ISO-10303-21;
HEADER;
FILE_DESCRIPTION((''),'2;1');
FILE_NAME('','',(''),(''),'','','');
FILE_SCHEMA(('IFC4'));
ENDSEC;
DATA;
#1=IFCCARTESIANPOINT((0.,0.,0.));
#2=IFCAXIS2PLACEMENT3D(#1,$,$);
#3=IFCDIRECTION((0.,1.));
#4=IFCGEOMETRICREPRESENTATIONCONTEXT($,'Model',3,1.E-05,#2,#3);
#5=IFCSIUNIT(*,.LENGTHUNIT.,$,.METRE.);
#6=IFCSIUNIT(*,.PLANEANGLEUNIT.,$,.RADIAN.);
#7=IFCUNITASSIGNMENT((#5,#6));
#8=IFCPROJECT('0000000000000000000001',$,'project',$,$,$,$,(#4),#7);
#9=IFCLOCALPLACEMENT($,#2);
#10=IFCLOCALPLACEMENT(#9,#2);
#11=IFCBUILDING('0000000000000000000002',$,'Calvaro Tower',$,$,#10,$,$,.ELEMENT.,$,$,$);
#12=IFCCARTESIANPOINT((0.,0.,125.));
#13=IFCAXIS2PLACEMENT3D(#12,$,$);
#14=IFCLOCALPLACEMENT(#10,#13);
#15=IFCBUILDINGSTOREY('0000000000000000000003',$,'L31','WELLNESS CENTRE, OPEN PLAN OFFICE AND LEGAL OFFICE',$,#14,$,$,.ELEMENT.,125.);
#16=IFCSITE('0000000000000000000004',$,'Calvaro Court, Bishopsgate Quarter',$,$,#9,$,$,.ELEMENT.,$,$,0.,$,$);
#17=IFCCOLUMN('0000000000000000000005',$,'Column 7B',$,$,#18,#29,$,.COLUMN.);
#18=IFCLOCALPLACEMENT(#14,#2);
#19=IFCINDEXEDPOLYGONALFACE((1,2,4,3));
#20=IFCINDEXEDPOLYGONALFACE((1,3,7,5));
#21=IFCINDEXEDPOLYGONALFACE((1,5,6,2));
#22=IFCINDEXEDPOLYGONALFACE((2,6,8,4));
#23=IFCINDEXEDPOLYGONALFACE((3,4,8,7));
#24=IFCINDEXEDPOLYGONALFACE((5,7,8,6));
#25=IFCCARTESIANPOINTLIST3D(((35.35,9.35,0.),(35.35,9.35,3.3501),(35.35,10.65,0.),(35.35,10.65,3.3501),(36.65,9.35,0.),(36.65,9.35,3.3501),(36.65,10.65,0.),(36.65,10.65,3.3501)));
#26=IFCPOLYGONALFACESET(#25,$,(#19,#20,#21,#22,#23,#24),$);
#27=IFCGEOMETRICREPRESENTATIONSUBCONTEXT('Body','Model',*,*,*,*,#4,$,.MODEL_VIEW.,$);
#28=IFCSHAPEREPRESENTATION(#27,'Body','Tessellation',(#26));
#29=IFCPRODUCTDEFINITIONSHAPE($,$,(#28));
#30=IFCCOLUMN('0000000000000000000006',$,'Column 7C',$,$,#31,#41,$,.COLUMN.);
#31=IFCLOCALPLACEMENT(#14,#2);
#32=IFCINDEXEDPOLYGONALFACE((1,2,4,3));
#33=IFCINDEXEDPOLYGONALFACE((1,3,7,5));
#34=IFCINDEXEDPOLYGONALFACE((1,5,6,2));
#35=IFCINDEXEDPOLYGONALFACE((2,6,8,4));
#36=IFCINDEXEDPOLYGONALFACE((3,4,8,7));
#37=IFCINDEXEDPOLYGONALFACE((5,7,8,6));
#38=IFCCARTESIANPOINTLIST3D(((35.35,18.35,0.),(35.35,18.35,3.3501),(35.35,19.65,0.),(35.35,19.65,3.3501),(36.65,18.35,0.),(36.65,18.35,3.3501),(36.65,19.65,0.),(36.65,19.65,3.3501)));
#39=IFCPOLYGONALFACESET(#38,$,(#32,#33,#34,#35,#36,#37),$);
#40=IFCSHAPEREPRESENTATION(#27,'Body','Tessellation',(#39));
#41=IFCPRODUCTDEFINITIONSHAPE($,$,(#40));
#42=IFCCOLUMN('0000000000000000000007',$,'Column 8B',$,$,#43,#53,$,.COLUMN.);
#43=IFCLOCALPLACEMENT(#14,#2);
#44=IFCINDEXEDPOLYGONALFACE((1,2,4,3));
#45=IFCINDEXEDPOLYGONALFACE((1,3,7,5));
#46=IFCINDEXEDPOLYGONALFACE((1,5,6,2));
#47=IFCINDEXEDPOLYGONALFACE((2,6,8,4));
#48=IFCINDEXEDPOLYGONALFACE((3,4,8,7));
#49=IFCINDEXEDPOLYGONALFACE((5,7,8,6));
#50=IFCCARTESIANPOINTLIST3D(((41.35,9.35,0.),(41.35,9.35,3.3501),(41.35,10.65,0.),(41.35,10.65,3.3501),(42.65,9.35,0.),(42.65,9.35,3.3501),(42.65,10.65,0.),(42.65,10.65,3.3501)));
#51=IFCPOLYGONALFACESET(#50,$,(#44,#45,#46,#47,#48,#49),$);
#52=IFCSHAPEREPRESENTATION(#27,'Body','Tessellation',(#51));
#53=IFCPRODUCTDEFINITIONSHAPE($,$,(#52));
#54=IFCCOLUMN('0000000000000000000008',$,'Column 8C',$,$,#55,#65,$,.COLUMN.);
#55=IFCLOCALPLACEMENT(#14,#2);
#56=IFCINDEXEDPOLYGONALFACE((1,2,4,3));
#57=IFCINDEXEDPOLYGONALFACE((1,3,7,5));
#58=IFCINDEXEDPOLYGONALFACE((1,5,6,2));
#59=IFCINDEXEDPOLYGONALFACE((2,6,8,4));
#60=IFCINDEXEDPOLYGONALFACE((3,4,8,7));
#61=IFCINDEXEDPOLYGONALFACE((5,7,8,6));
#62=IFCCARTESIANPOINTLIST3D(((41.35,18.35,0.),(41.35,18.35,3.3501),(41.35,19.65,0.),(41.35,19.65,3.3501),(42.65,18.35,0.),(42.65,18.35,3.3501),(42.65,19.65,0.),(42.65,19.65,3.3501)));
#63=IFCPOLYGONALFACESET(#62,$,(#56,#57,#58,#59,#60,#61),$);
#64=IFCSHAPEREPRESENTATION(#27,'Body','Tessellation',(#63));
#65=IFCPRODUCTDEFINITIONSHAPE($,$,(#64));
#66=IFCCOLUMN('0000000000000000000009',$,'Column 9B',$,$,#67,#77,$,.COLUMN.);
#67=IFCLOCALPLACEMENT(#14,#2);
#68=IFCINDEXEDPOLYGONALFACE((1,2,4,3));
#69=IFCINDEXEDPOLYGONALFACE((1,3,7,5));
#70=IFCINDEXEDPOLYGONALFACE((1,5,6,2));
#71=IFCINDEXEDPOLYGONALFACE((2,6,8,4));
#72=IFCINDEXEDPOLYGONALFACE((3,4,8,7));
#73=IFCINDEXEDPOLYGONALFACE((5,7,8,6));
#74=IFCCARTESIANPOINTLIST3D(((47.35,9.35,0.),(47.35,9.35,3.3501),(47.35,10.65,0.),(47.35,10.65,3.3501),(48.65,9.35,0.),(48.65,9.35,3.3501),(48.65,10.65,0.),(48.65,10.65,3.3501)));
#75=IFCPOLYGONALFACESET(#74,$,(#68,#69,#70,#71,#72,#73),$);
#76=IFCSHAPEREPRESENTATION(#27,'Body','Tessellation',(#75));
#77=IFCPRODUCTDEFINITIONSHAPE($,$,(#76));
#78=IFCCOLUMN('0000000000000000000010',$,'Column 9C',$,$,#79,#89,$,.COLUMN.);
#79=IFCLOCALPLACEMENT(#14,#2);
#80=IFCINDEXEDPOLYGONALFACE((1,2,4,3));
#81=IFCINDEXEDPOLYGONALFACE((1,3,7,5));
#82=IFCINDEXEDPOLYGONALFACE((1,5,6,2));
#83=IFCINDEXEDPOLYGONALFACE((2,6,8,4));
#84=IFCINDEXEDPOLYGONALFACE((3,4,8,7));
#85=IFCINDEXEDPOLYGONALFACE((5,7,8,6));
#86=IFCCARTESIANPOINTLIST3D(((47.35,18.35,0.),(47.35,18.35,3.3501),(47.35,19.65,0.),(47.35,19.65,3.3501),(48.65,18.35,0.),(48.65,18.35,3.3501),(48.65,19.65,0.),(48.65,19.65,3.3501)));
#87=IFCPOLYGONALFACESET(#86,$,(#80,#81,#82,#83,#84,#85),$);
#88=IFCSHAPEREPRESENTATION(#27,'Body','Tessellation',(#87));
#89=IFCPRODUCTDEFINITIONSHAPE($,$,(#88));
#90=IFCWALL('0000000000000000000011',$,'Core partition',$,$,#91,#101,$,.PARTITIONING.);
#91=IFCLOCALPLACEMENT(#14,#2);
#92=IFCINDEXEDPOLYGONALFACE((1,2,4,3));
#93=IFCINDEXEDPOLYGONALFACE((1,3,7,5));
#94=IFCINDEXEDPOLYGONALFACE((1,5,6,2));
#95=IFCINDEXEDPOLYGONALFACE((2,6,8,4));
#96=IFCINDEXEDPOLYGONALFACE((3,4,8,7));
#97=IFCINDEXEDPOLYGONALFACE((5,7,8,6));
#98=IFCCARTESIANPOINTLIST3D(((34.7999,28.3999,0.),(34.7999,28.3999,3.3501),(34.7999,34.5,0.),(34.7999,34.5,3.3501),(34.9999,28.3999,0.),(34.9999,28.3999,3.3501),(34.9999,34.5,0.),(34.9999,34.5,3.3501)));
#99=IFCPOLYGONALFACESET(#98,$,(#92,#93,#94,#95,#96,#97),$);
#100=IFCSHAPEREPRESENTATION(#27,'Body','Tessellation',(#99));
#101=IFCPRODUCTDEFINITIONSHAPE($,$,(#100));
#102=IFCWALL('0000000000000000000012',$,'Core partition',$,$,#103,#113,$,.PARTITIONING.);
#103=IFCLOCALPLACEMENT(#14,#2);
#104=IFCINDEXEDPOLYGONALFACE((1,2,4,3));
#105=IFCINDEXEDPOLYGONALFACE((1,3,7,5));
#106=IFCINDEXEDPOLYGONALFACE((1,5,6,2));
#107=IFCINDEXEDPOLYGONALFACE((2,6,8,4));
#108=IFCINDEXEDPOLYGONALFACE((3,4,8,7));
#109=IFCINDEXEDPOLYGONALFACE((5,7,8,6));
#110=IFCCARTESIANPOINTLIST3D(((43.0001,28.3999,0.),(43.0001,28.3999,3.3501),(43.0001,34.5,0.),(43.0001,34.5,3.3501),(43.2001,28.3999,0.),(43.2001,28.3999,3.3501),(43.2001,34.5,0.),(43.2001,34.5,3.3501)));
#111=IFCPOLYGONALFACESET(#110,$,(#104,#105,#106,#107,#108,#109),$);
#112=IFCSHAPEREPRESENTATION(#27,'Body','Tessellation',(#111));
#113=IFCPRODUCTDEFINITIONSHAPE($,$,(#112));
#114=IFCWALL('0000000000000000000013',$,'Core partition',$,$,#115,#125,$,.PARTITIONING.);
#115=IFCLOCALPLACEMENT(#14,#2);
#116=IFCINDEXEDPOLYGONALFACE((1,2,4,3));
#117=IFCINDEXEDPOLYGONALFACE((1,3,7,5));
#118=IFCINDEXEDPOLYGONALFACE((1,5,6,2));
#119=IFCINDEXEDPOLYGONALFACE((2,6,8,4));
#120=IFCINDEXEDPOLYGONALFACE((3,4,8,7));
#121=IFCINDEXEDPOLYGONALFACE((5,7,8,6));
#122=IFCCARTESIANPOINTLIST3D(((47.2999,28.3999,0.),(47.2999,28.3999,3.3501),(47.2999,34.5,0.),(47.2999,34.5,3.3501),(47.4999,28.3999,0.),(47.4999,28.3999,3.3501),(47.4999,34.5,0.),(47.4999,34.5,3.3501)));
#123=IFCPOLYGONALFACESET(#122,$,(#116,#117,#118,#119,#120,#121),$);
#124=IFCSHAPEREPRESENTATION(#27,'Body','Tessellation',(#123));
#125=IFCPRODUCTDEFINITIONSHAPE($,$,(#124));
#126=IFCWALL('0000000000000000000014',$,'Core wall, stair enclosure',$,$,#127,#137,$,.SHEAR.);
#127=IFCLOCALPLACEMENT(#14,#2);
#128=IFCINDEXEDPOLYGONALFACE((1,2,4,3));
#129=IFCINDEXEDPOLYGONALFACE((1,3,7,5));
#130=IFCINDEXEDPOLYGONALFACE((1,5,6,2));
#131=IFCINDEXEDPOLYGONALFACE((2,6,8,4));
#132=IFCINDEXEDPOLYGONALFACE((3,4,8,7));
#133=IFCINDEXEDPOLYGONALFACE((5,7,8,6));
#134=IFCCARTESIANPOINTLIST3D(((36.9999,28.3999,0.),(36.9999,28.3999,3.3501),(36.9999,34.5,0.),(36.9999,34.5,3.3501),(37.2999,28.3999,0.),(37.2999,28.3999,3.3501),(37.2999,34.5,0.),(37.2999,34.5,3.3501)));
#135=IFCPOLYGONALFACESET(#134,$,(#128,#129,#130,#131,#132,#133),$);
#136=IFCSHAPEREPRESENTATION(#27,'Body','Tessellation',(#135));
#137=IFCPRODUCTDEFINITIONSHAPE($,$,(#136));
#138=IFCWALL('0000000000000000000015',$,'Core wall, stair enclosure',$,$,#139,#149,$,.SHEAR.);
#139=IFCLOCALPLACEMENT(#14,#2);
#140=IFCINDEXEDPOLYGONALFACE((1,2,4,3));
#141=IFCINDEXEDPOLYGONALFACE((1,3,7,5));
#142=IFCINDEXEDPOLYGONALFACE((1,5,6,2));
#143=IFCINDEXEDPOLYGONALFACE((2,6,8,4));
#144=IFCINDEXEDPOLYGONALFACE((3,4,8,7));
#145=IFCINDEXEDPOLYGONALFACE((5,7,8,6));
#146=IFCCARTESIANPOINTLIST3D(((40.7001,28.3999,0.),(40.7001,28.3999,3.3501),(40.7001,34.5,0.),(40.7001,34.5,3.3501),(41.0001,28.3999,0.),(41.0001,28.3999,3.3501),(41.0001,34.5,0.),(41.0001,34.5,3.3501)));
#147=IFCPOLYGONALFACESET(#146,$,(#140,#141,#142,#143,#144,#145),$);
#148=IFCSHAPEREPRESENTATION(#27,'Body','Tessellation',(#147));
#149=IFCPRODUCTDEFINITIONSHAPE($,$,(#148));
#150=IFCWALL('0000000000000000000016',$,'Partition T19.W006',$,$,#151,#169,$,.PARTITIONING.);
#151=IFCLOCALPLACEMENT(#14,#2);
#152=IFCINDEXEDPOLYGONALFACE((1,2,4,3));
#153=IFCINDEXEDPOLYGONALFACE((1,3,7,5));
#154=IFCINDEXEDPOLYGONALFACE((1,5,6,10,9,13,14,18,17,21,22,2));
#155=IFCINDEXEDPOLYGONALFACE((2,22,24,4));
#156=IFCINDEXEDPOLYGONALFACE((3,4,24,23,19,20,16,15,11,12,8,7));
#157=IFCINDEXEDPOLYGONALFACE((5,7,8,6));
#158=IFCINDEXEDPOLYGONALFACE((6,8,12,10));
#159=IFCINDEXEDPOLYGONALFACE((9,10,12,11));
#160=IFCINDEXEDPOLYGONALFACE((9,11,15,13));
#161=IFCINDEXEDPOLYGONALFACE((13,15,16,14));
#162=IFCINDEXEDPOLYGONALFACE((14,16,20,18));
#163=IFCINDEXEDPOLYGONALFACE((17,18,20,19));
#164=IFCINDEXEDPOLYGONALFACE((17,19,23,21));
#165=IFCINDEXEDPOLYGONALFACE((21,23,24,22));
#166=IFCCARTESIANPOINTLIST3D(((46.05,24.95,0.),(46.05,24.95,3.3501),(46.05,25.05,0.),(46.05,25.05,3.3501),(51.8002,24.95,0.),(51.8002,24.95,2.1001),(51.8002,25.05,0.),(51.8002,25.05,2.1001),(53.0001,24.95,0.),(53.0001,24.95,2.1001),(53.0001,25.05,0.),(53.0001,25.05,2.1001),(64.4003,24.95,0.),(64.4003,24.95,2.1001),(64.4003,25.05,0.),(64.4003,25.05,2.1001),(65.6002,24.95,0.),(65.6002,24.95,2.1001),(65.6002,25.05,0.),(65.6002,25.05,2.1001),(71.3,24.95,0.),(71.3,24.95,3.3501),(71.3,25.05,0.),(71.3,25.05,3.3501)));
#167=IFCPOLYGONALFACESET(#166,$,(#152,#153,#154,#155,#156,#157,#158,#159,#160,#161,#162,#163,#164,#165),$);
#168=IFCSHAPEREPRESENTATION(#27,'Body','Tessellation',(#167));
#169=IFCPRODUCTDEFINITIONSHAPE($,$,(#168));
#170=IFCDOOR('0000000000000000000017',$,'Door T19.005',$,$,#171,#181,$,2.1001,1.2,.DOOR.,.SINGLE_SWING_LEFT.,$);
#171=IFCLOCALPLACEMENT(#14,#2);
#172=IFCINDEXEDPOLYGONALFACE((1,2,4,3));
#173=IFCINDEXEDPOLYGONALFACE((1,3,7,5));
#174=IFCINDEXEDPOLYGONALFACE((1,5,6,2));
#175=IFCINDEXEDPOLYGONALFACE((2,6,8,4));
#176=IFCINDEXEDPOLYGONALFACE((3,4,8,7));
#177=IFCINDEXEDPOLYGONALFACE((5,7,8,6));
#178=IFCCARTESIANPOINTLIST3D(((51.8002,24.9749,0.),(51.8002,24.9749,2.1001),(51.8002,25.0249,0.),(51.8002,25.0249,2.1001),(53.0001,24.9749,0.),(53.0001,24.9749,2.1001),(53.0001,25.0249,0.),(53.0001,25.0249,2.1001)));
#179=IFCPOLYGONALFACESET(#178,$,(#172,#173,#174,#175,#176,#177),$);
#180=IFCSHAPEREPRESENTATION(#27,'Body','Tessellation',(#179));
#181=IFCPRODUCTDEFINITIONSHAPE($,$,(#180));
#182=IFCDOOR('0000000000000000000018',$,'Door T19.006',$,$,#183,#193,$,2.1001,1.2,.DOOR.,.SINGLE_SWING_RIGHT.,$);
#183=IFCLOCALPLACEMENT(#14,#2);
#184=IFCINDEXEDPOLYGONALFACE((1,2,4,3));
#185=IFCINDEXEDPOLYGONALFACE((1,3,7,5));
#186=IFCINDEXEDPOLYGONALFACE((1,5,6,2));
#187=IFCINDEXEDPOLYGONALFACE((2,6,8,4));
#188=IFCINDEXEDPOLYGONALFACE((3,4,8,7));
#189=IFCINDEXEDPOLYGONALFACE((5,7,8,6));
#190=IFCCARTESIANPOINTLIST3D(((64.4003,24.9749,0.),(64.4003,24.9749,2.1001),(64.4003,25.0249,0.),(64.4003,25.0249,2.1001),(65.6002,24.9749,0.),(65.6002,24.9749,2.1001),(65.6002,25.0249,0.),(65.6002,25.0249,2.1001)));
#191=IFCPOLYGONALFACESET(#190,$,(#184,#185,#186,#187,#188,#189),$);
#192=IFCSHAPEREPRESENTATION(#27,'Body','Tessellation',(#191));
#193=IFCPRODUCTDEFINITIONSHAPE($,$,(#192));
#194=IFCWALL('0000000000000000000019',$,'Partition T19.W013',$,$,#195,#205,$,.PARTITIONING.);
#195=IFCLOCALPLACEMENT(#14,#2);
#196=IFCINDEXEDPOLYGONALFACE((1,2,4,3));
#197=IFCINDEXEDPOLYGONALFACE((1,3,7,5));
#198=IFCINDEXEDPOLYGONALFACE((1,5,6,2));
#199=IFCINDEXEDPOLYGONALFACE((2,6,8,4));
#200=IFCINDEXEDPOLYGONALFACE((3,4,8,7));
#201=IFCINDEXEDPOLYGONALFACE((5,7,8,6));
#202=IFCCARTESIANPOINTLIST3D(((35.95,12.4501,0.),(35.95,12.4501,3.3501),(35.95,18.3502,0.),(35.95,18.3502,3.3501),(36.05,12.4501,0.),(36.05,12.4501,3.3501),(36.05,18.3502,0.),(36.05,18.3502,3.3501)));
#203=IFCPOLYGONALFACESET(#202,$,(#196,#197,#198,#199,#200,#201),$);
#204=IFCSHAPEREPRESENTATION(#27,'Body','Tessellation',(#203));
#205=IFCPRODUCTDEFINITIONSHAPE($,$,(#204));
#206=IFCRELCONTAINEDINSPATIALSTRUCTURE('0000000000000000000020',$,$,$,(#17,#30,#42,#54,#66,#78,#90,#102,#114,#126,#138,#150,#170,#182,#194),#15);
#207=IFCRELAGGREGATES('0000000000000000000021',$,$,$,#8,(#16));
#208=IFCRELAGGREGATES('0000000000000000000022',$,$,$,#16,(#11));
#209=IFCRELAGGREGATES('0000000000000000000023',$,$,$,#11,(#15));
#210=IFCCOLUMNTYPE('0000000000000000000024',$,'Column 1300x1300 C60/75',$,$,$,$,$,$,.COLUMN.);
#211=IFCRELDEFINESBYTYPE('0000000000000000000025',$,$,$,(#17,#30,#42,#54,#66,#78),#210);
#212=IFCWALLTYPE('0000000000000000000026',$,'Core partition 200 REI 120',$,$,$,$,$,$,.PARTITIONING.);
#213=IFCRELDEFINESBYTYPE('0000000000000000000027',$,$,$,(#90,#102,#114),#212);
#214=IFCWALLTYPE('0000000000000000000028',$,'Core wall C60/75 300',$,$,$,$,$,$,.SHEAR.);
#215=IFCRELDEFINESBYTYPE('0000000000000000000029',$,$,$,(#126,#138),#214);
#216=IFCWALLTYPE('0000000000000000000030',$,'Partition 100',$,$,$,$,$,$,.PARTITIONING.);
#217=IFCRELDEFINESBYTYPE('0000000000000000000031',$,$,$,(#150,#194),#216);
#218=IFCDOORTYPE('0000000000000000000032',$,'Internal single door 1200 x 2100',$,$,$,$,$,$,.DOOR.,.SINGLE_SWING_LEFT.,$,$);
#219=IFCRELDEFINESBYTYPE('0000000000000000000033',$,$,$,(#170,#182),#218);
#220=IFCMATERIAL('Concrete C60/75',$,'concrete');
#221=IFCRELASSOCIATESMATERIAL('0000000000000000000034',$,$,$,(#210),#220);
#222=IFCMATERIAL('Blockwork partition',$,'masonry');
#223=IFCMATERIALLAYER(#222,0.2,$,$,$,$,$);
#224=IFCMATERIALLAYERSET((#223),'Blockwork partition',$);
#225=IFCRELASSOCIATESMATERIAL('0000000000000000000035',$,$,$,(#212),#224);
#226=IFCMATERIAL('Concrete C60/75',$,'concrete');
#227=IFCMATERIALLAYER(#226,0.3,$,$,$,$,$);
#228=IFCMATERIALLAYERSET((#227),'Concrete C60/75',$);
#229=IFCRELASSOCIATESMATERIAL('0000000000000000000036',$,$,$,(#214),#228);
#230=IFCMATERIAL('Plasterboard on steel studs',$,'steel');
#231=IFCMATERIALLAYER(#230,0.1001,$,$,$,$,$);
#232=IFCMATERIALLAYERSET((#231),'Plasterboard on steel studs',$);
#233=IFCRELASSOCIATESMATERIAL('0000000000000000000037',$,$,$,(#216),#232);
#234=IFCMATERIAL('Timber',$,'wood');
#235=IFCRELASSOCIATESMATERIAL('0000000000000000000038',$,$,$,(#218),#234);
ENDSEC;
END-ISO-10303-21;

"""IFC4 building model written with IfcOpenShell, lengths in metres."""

from ifc_helpers import new_model, si_unit, direction, frame, frame_2d, origin, origin_2d, place, context, subcontext, project, spatial, rectangle, extrude, material, layer, layer_set, material_profile, profile_set, type_object, element, fill, save


model = new_model("IFC4")

# Units and contexts
model_context = context("Model", 3, precision=1e-05, world=origin(), true_north=direction((0.0, 1.0)))
body_context = subcontext(model_context, "Body", "Model", "MODEL_VIEW")
ifc_project = project(units=[si_unit("LENGTHUNIT", "METRE"), si_unit("PLANEANGLEUNIT", "RADIAN")], contexts=[model_context])

# Site, building, storey
site_placement = place(None, origin())
site = spatial("IfcSite", under=ifc_project, at=site_placement, Name="Calvaro Court, Bishopsgate Quarter", CompositionType="ELEMENT", RefElevation=0.0)
building_placement = place(site_placement, origin())
building = spatial("IfcBuilding", under=site, at=building_placement, Name="Calvaro Tower", CompositionType="ELEMENT")
storey_placement = place(building_placement, frame((0.0, 0.0, 125.0)))
storey = spatial("IfcBuildingStorey", under=building, at=storey_placement, Name="L31", Description="WELLNESS CENTRE, OPEN PLAN OFFICE AND LEGAL OFFICE", CompositionType="ELEMENT", Elevation=125.0)

# Columns
ifc_material_1 = material(Name="Concrete C60/75", Category="concrete")
ifc_material_profile = material_profile(ifc_material_1, rectangle(XDim=1.3, YDim=1.3, at=origin_2d()), Name="RC 1300x1300")
ifc_profile_set = profile_set([ifc_material_profile], Name="Concrete C60/75")
column_type = type_object("IfcColumnType", Name="Column 1300x1300 C60/75", PredefinedType="COLUMN", material=ifc_profile_set)
for number, where, z_axis, x_axis, name in (
    (1, (36.0, 10.0, 0.0), (0.0, 0.0, 1.0), (1.0, 0.0, 0.0), "Column 7B"),
    (2, (36.0, 19.0, 0.0), (0.0, 0.0, 1.0), (1.0, 0.0, 0.0), "Column 7C"),
    (3, (42.0, 10.0, 0.0), (0.0, 0.0, 1.0), (1.0, 0.0, 0.0), "Column 8B"),
    (4, (42.0, 19.0, 0.0), (0.0, 0.0, 1.0), (1.0, 0.0, 0.0), "Column 8C"),
    (5, (48.0, 10.0, 0.0), (0.0, 0.0, 1.0), (1.0, 0.0, 0.0), "Column 9B"),
    (6, (48.0, 19.0, 0.0), (0.0, 0.0, 1.0), (1.0, 0.0, 0.0), "Column 9C"),
):
    element("IfcColumn", number, at=place(storey_placement, frame(where, z_axis=z_axis, x_axis=x_axis)), inside=storey, type_object=column_type, Name=name, PredefinedType="COLUMN", context=body_context, shape_type="SweptSolid", body=[
        extrude(rectangle(XDim=1.3, YDim=1.3, at=origin_2d()), origin(), (0.0, 0.0, 1.0), 3.3501),
    ])

# Walls
ifc_material_2 = material(Name="Blockwork partition", Category="masonry")
ifc_layer_1 = layer(ifc_material_2, 0.2)
ifc_layer_set_1 = layer_set([ifc_layer_1], Name="Blockwork partition")
wall_type_1 = type_object("IfcWallType", Name="Core partition 200 REI 120", PredefinedType="PARTITIONING", material=ifc_layer_set_1)
for number, where, z_axis, x_axis, name in (
    (7, (34.8999, 28.3999, 0.0), (0.0, 0.0, 1.0), (0.0, 1.0, 0.0), "Core partition"),
    (8, (43.1001, 28.3999, 0.0), (0.0, 0.0, 1.0), (0.0, 1.0, 0.0), "Core partition"),
    (9, (47.3999, 28.3999, 0.0), (0.0, 0.0, 1.0), (0.0, 1.0, 0.0), "Core partition"),
):
    element("IfcWall", number, at=place(storey_placement, frame(where, z_axis=z_axis, x_axis=x_axis)), inside=storey, type_object=wall_type_1, Name=name, PredefinedType="PARTITIONING", context=body_context, shape_type="SweptSolid", body=[
        extrude(rectangle(XDim=6.1001, YDim=0.2, at=frame_2d((3.05, 0.0))), origin(), (0.0, 0.0, 1.0), 3.3501),
    ])
ifc_material_3 = material(Name="Concrete C60/75", Category="concrete")
ifc_layer_2 = layer(ifc_material_3, 0.3)
ifc_layer_set_2 = layer_set([ifc_layer_2], Name="Concrete C60/75")
wall_type_2 = type_object("IfcWallType", Name="Core wall C60/75 300", PredefinedType="SHEAR", material=ifc_layer_set_2)
for number, where, z_axis, x_axis, name in (
    (10, (37.1499, 28.3999, 0.0), (0.0, 0.0, 1.0), (0.0, 1.0, 0.0), "Core wall, stair enclosure"),
    (11, (40.8501, 28.3999, 0.0), (0.0, 0.0, 1.0), (0.0, 1.0, 0.0), "Core wall, stair enclosure"),
):
    element("IfcWall", number, at=place(storey_placement, frame(where, z_axis=z_axis, x_axis=x_axis)), inside=storey, type_object=wall_type_2, Name=name, PredefinedType="SHEAR", context=body_context, shape_type="SweptSolid", body=[
        extrude(rectangle(XDim=6.1001, YDim=0.3, at=frame_2d((3.05, 0.0))), origin(), (0.0, 0.0, 1.0), 3.3501),
    ])

# Wall, openings, doors
ifc_material_4 = material(Name="Plasterboard on steel studs", Category="steel")
ifc_layer_3 = layer(ifc_material_4, 0.1001)
ifc_layer_set_3 = layer_set([ifc_layer_3], Name="Plasterboard on steel studs")
wall_type_3 = type_object("IfcWallType", Name="Partition 100", PredefinedType="PARTITIONING", material=ifc_layer_set_3)
wall_1_placement = place(storey_placement, frame((46.05, 25.0, 0.0), z_axis=(0.0, 0.0, 1.0), x_axis=(1.0, 0.0, 0.0)))
wall_1 = element("IfcWall", 12, at=wall_1_placement, inside=storey, type_object=wall_type_3, Name="Partition T19.W006", PredefinedType="PARTITIONING", context=body_context, shape_type="SweptSolid", body=[
    extrude(rectangle(XDim=25.25, YDim=0.1001, at=frame_2d((12.625, 0.0))), origin(), (0.0, 0.0, 1.0), 3.3501),
])
opening_1_placement = place(wall_1_placement, frame((5.75, 0.0, 0.0)))
opening_1 = element("IfcOpeningElement", 13, at=opening_1_placement, cuts=wall_1, PredefinedType="OPENING", context=body_context, shape_type="SweptSolid", body=[
    extrude(rectangle(XDim=1.2, YDim=2.1001, at=frame_2d((0.6001, 1.05))), frame((0.0, 0.0601, 0.0), z_axis=(0.0, -1.0, 0.0), x_axis=(1.0, 0.0, 0.0)), (0.0, 0.0, 1.0), 0.1201),
])
opening_2_placement = place(wall_1_placement, frame((18.3501, 0.0, 0.0)))
opening_2 = element("IfcOpeningElement", 14, at=opening_2_placement, cuts=wall_1, PredefinedType="OPENING", context=body_context, shape_type="SweptSolid", body=[
    extrude(rectangle(XDim=1.2, YDim=2.1001, at=frame_2d((0.6001, 1.05))), frame((0.0, 0.0601, 0.0), z_axis=(0.0, -1.0, 0.0), x_axis=(1.0, 0.0, 0.0)), (0.0, 0.0, 1.0), 0.1201),
])
ifc_material_5 = material(Name="Timber", Category="wood")
door_type = type_object("IfcDoorType", Name="Internal single door 1200 x 2100", OperationType="SINGLE_SWING_LEFT", PredefinedType="DOOR", material=ifc_material_5)
door_1_placement = place(opening_1_placement, origin())
door_1 = element("IfcDoor", 15, at=door_1_placement, inside=storey, type_object=door_type, Name="Door T19.005", OperationType="SINGLE_SWING_LEFT", OverallHeight=2.1001, OverallWidth=1.2, PredefinedType="DOOR", context=body_context, shape_type="SweptSolid", body=[
    extrude(rectangle(XDim=1.2, YDim=2.1001, at=frame_2d((0.6001, 1.05))), frame((0.0, 0.0249, 0.0), z_axis=(0.0, -1.0, 0.0), x_axis=(1.0, 0.0, 0.0)), (0.0, 0.0, 1.0), 0.05),
])
fill(opening_1, door_1)
door_2_placement = place(opening_2_placement, origin())
door_2 = element("IfcDoor", 16, at=door_2_placement, inside=storey, type_object=door_type, Name="Door T19.006", OperationType="SINGLE_SWING_RIGHT", OverallHeight=2.1001, OverallWidth=1.2, PredefinedType="DOOR", context=body_context, shape_type="SweptSolid", body=[
    extrude(rectangle(XDim=1.2, YDim=2.1001, at=frame_2d((0.6001, 1.05))), frame((0.0, 0.0249, 0.0), z_axis=(0.0, -1.0, 0.0), x_axis=(1.0, 0.0, 0.0)), (0.0, 0.0, 1.0), 0.05),
])
fill(opening_2, door_2)

# Wall
wall_2_placement = place(storey_placement, frame((36.0, 12.45, 0.0), z_axis=(0.0, 0.0, 1.0), x_axis=(0.0, 1.0, 0.0)))
element("IfcWall", 17, at=wall_2_placement, inside=storey, type_object=wall_type_3, Name="Partition T19.W013", PredefinedType="PARTITIONING", context=body_context, shape_type="SweptSolid", body=[
    extrude(rectangle(XDim=5.9001, YDim=0.1001, at=frame_2d((2.9502, 0.0))), origin(), (0.0, 0.0, 1.0), 3.3501),
])

save(model, "model.ifc")
